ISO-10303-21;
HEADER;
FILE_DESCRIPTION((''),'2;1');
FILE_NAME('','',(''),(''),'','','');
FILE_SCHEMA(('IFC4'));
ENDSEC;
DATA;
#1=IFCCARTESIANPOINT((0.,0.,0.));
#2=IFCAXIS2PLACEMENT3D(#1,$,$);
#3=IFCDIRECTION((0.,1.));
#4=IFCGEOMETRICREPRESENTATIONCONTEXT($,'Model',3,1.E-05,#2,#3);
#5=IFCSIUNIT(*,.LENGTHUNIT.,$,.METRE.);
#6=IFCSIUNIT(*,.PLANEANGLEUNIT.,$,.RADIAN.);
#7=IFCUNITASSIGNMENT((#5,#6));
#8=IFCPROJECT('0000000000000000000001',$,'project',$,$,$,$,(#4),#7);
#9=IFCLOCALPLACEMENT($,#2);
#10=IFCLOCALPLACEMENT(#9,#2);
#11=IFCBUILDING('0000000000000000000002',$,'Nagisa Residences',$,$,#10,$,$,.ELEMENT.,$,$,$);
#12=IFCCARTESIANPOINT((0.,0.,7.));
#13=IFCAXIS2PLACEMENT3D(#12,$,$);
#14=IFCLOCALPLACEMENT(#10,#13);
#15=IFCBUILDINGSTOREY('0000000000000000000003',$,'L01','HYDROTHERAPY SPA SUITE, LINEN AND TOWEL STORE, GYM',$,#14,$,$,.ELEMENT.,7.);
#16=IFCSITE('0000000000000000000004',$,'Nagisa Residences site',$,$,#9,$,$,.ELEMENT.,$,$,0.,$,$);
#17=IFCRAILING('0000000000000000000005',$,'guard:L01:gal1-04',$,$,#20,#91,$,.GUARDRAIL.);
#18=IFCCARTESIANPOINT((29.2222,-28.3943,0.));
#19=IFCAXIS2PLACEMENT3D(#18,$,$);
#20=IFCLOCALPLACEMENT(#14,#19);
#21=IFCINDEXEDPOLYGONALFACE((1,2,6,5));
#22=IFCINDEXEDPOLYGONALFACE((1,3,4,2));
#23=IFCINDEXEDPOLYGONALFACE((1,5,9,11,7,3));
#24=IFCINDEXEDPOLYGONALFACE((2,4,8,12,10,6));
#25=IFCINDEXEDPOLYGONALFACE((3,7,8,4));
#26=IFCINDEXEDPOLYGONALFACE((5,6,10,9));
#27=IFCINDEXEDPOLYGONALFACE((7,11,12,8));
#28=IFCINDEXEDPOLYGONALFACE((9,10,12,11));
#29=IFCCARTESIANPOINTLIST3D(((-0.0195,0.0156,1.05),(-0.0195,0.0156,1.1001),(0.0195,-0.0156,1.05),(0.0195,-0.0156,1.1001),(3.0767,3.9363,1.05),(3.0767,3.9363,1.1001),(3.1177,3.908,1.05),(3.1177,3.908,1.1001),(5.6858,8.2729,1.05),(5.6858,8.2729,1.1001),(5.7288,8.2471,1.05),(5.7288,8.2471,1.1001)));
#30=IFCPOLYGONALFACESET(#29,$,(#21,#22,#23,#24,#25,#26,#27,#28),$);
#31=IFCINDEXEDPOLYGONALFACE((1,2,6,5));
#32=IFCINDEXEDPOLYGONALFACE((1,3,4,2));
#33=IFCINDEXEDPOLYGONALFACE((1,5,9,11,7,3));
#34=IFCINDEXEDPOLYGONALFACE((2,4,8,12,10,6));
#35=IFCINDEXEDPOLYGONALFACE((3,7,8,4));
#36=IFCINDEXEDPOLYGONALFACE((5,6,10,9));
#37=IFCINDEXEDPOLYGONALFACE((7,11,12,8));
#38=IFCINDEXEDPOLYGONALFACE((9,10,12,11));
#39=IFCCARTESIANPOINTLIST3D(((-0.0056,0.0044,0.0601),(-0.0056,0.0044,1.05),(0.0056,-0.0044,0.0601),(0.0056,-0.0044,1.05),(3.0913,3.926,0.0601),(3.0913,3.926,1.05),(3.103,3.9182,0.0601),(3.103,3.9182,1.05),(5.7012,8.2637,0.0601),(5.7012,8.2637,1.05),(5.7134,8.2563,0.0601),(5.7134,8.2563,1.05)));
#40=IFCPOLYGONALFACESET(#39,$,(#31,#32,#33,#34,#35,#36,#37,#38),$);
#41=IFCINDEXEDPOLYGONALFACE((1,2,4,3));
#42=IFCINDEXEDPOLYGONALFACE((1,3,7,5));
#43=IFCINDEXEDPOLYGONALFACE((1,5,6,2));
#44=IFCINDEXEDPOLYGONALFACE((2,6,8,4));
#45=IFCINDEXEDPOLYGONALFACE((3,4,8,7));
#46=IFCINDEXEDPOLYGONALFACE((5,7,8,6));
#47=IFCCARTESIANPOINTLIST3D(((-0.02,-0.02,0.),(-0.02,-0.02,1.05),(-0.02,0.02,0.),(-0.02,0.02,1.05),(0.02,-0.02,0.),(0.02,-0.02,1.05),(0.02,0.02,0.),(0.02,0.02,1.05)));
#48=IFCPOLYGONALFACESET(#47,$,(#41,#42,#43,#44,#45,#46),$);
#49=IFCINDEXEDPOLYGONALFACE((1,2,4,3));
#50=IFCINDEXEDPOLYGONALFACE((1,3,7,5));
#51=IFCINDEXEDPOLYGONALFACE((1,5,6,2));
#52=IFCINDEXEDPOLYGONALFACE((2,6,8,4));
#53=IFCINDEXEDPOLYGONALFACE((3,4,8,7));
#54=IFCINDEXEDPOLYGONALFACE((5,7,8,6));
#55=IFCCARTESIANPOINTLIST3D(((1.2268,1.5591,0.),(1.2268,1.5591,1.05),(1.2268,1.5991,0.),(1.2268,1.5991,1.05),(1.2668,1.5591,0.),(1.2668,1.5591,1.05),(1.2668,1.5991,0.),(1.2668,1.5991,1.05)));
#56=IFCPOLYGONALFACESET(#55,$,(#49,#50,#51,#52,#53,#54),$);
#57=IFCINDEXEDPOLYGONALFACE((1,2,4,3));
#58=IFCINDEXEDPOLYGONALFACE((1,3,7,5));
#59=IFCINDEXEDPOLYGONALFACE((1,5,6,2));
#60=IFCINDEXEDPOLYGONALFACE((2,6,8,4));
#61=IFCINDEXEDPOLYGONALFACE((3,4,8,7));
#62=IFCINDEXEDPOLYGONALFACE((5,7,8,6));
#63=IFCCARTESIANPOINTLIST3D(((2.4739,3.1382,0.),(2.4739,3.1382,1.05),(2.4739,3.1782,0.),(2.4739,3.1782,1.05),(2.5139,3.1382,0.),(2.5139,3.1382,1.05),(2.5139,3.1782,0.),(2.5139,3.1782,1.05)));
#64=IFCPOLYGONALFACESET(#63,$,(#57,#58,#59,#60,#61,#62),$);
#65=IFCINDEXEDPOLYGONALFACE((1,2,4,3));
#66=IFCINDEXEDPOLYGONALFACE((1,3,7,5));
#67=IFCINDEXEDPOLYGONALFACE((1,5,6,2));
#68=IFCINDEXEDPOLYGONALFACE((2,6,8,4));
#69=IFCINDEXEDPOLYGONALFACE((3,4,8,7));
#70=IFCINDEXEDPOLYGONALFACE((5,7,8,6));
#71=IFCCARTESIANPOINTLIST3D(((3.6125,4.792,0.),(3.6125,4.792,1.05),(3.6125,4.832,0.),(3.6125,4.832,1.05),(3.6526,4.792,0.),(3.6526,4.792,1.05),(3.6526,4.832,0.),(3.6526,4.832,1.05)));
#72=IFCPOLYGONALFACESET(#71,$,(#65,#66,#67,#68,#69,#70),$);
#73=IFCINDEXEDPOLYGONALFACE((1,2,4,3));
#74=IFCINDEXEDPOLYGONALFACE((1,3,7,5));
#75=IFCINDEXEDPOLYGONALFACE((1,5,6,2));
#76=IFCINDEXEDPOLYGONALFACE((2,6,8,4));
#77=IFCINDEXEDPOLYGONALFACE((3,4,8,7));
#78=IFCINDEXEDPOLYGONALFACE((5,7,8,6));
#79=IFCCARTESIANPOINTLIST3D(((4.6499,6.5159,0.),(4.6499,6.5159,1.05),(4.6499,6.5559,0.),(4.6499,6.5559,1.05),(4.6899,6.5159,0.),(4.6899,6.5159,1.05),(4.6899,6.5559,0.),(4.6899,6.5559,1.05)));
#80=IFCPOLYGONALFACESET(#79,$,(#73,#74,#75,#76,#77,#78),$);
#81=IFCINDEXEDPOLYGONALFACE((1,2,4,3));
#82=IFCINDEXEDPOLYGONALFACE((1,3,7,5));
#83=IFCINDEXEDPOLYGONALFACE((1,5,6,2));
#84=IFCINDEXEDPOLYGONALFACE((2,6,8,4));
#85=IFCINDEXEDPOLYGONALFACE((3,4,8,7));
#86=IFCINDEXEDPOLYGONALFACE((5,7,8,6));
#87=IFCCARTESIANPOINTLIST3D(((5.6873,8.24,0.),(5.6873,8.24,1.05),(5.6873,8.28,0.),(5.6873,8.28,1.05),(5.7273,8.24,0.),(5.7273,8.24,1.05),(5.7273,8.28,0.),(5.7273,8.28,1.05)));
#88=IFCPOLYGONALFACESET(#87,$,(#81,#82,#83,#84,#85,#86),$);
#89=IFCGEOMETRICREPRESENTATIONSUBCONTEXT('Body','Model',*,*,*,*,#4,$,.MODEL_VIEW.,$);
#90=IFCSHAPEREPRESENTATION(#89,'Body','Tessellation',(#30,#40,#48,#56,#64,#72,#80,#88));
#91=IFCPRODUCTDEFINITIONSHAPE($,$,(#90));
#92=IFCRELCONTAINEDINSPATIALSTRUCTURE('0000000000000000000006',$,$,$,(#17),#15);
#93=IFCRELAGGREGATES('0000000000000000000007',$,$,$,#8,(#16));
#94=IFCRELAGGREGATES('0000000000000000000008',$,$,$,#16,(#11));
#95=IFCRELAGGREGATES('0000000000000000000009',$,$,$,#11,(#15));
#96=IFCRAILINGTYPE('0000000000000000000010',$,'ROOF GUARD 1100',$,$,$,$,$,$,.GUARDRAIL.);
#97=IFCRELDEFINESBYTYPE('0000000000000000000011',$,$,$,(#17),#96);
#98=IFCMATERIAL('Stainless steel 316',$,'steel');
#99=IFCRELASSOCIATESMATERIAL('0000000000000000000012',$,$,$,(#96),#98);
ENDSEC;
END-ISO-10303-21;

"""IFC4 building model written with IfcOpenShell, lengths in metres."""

from ifc_helpers import new_model, si_unit, direction, frame, origin, origin_2d, place, context, subcontext, project, spatial, polyline, rectangle, outline, extrude, material, type_object, element, save


model = new_model("IFC4")

# Units and contexts
model_context = context("Model", 3, precision=1e-05, world=origin(), true_north=direction((0.0, 1.0)))
body_context = subcontext(model_context, "Body", "Model", "MODEL_VIEW")
ifc_project = project(units=[si_unit("LENGTHUNIT", "METRE"), si_unit("PLANEANGLEUNIT", "RADIAN")], contexts=[model_context])

# Site, building, storey
site_placement = place(None, origin())
site = spatial("IfcSite", under=ifc_project, at=site_placement, Name="Nagisa Residences site", CompositionType="ELEMENT", RefElevation=0.0)
building_placement = place(site_placement, origin())
building = spatial("IfcBuilding", under=site, at=building_placement, Name="Nagisa Residences", CompositionType="ELEMENT")
storey_placement = place(building_placement, frame((0.0, 0.0, 7.0)))
storey = spatial("IfcBuildingStorey", under=building, at=storey_placement, Name="L01", Description="HYDROTHERAPY SPA SUITE, LINEN AND TOWEL STORE, GYM", CompositionType="ELEMENT", Elevation=7.0)

# Railing
ifc_material_1 = material(Name="Stainless steel 316", Category="steel")
railing_type = type_object("IfcRailingType", Name="ROOF GUARD 1100", PredefinedType="GUARDRAIL", material=ifc_material_1)
railing_1_placement = place(storey_placement, frame((29.2222, -28.3943, 0.0)))
element("IfcRailing", 1, at=railing_1_placement, inside=storey, type_object=railing_type, Name="guard:L01:gal1-04", PredefinedType="GUARDRAIL", context=body_context, shape_type="SweptSolid", body=[
    extrude(outline(polyline([(3.0767, 3.9363), (-0.0195, 0.0156), (0.0195, -0.0156), (3.1177, 3.908), (5.7288, 8.2471), (5.6858, 8.2729), (3.0767, 3.9363)])), frame((0.0, 0.0, 1.05)), (0.0, 0.0, 1.0), 0.05),
    extrude(outline(polyline([(3.0913, 3.926), (-0.0056, 0.0044), (0.0056, -0.0044), (3.103, 3.9182), (5.7134, 8.2563), (5.7012, 8.2637), (3.0913, 3.926)])), frame((0.0, 0.0, 0.0601)), (0.0, 0.0, 1.0), 0.99),
    extrude(rectangle(XDim=0.04, YDim=0.04, at=origin_2d()), origin(), (0.0, 0.0, 1.0), 1.05),
    extrude(rectangle(XDim=0.04, YDim=0.04, at=origin_2d()), frame((1.2468, 1.5791, 0.0)), (0.0, 0.0, 1.0), 1.05),
    extrude(rectangle(XDim=0.04, YDim=0.04, at=origin_2d()), frame((2.4939, 3.1582, 0.0)), (0.0, 0.0, 1.0), 1.05),
    extrude(rectangle(XDim=0.04, YDim=0.04, at=origin_2d()), frame((3.6326, 4.812, 0.0)), (0.0, 0.0, 1.0), 1.05),
    extrude(rectangle(XDim=0.04, YDim=0.04, at=origin_2d()), frame((4.6699, 6.5359, 0.0)), (0.0, 0.0, 1.0), 1.05),
    extrude(rectangle(XDim=0.04, YDim=0.04, at=origin_2d()), frame((5.7073, 8.26, 0.0)), (0.0, 0.0, 1.0), 1.05),
])

save(model, "model.ifc")
